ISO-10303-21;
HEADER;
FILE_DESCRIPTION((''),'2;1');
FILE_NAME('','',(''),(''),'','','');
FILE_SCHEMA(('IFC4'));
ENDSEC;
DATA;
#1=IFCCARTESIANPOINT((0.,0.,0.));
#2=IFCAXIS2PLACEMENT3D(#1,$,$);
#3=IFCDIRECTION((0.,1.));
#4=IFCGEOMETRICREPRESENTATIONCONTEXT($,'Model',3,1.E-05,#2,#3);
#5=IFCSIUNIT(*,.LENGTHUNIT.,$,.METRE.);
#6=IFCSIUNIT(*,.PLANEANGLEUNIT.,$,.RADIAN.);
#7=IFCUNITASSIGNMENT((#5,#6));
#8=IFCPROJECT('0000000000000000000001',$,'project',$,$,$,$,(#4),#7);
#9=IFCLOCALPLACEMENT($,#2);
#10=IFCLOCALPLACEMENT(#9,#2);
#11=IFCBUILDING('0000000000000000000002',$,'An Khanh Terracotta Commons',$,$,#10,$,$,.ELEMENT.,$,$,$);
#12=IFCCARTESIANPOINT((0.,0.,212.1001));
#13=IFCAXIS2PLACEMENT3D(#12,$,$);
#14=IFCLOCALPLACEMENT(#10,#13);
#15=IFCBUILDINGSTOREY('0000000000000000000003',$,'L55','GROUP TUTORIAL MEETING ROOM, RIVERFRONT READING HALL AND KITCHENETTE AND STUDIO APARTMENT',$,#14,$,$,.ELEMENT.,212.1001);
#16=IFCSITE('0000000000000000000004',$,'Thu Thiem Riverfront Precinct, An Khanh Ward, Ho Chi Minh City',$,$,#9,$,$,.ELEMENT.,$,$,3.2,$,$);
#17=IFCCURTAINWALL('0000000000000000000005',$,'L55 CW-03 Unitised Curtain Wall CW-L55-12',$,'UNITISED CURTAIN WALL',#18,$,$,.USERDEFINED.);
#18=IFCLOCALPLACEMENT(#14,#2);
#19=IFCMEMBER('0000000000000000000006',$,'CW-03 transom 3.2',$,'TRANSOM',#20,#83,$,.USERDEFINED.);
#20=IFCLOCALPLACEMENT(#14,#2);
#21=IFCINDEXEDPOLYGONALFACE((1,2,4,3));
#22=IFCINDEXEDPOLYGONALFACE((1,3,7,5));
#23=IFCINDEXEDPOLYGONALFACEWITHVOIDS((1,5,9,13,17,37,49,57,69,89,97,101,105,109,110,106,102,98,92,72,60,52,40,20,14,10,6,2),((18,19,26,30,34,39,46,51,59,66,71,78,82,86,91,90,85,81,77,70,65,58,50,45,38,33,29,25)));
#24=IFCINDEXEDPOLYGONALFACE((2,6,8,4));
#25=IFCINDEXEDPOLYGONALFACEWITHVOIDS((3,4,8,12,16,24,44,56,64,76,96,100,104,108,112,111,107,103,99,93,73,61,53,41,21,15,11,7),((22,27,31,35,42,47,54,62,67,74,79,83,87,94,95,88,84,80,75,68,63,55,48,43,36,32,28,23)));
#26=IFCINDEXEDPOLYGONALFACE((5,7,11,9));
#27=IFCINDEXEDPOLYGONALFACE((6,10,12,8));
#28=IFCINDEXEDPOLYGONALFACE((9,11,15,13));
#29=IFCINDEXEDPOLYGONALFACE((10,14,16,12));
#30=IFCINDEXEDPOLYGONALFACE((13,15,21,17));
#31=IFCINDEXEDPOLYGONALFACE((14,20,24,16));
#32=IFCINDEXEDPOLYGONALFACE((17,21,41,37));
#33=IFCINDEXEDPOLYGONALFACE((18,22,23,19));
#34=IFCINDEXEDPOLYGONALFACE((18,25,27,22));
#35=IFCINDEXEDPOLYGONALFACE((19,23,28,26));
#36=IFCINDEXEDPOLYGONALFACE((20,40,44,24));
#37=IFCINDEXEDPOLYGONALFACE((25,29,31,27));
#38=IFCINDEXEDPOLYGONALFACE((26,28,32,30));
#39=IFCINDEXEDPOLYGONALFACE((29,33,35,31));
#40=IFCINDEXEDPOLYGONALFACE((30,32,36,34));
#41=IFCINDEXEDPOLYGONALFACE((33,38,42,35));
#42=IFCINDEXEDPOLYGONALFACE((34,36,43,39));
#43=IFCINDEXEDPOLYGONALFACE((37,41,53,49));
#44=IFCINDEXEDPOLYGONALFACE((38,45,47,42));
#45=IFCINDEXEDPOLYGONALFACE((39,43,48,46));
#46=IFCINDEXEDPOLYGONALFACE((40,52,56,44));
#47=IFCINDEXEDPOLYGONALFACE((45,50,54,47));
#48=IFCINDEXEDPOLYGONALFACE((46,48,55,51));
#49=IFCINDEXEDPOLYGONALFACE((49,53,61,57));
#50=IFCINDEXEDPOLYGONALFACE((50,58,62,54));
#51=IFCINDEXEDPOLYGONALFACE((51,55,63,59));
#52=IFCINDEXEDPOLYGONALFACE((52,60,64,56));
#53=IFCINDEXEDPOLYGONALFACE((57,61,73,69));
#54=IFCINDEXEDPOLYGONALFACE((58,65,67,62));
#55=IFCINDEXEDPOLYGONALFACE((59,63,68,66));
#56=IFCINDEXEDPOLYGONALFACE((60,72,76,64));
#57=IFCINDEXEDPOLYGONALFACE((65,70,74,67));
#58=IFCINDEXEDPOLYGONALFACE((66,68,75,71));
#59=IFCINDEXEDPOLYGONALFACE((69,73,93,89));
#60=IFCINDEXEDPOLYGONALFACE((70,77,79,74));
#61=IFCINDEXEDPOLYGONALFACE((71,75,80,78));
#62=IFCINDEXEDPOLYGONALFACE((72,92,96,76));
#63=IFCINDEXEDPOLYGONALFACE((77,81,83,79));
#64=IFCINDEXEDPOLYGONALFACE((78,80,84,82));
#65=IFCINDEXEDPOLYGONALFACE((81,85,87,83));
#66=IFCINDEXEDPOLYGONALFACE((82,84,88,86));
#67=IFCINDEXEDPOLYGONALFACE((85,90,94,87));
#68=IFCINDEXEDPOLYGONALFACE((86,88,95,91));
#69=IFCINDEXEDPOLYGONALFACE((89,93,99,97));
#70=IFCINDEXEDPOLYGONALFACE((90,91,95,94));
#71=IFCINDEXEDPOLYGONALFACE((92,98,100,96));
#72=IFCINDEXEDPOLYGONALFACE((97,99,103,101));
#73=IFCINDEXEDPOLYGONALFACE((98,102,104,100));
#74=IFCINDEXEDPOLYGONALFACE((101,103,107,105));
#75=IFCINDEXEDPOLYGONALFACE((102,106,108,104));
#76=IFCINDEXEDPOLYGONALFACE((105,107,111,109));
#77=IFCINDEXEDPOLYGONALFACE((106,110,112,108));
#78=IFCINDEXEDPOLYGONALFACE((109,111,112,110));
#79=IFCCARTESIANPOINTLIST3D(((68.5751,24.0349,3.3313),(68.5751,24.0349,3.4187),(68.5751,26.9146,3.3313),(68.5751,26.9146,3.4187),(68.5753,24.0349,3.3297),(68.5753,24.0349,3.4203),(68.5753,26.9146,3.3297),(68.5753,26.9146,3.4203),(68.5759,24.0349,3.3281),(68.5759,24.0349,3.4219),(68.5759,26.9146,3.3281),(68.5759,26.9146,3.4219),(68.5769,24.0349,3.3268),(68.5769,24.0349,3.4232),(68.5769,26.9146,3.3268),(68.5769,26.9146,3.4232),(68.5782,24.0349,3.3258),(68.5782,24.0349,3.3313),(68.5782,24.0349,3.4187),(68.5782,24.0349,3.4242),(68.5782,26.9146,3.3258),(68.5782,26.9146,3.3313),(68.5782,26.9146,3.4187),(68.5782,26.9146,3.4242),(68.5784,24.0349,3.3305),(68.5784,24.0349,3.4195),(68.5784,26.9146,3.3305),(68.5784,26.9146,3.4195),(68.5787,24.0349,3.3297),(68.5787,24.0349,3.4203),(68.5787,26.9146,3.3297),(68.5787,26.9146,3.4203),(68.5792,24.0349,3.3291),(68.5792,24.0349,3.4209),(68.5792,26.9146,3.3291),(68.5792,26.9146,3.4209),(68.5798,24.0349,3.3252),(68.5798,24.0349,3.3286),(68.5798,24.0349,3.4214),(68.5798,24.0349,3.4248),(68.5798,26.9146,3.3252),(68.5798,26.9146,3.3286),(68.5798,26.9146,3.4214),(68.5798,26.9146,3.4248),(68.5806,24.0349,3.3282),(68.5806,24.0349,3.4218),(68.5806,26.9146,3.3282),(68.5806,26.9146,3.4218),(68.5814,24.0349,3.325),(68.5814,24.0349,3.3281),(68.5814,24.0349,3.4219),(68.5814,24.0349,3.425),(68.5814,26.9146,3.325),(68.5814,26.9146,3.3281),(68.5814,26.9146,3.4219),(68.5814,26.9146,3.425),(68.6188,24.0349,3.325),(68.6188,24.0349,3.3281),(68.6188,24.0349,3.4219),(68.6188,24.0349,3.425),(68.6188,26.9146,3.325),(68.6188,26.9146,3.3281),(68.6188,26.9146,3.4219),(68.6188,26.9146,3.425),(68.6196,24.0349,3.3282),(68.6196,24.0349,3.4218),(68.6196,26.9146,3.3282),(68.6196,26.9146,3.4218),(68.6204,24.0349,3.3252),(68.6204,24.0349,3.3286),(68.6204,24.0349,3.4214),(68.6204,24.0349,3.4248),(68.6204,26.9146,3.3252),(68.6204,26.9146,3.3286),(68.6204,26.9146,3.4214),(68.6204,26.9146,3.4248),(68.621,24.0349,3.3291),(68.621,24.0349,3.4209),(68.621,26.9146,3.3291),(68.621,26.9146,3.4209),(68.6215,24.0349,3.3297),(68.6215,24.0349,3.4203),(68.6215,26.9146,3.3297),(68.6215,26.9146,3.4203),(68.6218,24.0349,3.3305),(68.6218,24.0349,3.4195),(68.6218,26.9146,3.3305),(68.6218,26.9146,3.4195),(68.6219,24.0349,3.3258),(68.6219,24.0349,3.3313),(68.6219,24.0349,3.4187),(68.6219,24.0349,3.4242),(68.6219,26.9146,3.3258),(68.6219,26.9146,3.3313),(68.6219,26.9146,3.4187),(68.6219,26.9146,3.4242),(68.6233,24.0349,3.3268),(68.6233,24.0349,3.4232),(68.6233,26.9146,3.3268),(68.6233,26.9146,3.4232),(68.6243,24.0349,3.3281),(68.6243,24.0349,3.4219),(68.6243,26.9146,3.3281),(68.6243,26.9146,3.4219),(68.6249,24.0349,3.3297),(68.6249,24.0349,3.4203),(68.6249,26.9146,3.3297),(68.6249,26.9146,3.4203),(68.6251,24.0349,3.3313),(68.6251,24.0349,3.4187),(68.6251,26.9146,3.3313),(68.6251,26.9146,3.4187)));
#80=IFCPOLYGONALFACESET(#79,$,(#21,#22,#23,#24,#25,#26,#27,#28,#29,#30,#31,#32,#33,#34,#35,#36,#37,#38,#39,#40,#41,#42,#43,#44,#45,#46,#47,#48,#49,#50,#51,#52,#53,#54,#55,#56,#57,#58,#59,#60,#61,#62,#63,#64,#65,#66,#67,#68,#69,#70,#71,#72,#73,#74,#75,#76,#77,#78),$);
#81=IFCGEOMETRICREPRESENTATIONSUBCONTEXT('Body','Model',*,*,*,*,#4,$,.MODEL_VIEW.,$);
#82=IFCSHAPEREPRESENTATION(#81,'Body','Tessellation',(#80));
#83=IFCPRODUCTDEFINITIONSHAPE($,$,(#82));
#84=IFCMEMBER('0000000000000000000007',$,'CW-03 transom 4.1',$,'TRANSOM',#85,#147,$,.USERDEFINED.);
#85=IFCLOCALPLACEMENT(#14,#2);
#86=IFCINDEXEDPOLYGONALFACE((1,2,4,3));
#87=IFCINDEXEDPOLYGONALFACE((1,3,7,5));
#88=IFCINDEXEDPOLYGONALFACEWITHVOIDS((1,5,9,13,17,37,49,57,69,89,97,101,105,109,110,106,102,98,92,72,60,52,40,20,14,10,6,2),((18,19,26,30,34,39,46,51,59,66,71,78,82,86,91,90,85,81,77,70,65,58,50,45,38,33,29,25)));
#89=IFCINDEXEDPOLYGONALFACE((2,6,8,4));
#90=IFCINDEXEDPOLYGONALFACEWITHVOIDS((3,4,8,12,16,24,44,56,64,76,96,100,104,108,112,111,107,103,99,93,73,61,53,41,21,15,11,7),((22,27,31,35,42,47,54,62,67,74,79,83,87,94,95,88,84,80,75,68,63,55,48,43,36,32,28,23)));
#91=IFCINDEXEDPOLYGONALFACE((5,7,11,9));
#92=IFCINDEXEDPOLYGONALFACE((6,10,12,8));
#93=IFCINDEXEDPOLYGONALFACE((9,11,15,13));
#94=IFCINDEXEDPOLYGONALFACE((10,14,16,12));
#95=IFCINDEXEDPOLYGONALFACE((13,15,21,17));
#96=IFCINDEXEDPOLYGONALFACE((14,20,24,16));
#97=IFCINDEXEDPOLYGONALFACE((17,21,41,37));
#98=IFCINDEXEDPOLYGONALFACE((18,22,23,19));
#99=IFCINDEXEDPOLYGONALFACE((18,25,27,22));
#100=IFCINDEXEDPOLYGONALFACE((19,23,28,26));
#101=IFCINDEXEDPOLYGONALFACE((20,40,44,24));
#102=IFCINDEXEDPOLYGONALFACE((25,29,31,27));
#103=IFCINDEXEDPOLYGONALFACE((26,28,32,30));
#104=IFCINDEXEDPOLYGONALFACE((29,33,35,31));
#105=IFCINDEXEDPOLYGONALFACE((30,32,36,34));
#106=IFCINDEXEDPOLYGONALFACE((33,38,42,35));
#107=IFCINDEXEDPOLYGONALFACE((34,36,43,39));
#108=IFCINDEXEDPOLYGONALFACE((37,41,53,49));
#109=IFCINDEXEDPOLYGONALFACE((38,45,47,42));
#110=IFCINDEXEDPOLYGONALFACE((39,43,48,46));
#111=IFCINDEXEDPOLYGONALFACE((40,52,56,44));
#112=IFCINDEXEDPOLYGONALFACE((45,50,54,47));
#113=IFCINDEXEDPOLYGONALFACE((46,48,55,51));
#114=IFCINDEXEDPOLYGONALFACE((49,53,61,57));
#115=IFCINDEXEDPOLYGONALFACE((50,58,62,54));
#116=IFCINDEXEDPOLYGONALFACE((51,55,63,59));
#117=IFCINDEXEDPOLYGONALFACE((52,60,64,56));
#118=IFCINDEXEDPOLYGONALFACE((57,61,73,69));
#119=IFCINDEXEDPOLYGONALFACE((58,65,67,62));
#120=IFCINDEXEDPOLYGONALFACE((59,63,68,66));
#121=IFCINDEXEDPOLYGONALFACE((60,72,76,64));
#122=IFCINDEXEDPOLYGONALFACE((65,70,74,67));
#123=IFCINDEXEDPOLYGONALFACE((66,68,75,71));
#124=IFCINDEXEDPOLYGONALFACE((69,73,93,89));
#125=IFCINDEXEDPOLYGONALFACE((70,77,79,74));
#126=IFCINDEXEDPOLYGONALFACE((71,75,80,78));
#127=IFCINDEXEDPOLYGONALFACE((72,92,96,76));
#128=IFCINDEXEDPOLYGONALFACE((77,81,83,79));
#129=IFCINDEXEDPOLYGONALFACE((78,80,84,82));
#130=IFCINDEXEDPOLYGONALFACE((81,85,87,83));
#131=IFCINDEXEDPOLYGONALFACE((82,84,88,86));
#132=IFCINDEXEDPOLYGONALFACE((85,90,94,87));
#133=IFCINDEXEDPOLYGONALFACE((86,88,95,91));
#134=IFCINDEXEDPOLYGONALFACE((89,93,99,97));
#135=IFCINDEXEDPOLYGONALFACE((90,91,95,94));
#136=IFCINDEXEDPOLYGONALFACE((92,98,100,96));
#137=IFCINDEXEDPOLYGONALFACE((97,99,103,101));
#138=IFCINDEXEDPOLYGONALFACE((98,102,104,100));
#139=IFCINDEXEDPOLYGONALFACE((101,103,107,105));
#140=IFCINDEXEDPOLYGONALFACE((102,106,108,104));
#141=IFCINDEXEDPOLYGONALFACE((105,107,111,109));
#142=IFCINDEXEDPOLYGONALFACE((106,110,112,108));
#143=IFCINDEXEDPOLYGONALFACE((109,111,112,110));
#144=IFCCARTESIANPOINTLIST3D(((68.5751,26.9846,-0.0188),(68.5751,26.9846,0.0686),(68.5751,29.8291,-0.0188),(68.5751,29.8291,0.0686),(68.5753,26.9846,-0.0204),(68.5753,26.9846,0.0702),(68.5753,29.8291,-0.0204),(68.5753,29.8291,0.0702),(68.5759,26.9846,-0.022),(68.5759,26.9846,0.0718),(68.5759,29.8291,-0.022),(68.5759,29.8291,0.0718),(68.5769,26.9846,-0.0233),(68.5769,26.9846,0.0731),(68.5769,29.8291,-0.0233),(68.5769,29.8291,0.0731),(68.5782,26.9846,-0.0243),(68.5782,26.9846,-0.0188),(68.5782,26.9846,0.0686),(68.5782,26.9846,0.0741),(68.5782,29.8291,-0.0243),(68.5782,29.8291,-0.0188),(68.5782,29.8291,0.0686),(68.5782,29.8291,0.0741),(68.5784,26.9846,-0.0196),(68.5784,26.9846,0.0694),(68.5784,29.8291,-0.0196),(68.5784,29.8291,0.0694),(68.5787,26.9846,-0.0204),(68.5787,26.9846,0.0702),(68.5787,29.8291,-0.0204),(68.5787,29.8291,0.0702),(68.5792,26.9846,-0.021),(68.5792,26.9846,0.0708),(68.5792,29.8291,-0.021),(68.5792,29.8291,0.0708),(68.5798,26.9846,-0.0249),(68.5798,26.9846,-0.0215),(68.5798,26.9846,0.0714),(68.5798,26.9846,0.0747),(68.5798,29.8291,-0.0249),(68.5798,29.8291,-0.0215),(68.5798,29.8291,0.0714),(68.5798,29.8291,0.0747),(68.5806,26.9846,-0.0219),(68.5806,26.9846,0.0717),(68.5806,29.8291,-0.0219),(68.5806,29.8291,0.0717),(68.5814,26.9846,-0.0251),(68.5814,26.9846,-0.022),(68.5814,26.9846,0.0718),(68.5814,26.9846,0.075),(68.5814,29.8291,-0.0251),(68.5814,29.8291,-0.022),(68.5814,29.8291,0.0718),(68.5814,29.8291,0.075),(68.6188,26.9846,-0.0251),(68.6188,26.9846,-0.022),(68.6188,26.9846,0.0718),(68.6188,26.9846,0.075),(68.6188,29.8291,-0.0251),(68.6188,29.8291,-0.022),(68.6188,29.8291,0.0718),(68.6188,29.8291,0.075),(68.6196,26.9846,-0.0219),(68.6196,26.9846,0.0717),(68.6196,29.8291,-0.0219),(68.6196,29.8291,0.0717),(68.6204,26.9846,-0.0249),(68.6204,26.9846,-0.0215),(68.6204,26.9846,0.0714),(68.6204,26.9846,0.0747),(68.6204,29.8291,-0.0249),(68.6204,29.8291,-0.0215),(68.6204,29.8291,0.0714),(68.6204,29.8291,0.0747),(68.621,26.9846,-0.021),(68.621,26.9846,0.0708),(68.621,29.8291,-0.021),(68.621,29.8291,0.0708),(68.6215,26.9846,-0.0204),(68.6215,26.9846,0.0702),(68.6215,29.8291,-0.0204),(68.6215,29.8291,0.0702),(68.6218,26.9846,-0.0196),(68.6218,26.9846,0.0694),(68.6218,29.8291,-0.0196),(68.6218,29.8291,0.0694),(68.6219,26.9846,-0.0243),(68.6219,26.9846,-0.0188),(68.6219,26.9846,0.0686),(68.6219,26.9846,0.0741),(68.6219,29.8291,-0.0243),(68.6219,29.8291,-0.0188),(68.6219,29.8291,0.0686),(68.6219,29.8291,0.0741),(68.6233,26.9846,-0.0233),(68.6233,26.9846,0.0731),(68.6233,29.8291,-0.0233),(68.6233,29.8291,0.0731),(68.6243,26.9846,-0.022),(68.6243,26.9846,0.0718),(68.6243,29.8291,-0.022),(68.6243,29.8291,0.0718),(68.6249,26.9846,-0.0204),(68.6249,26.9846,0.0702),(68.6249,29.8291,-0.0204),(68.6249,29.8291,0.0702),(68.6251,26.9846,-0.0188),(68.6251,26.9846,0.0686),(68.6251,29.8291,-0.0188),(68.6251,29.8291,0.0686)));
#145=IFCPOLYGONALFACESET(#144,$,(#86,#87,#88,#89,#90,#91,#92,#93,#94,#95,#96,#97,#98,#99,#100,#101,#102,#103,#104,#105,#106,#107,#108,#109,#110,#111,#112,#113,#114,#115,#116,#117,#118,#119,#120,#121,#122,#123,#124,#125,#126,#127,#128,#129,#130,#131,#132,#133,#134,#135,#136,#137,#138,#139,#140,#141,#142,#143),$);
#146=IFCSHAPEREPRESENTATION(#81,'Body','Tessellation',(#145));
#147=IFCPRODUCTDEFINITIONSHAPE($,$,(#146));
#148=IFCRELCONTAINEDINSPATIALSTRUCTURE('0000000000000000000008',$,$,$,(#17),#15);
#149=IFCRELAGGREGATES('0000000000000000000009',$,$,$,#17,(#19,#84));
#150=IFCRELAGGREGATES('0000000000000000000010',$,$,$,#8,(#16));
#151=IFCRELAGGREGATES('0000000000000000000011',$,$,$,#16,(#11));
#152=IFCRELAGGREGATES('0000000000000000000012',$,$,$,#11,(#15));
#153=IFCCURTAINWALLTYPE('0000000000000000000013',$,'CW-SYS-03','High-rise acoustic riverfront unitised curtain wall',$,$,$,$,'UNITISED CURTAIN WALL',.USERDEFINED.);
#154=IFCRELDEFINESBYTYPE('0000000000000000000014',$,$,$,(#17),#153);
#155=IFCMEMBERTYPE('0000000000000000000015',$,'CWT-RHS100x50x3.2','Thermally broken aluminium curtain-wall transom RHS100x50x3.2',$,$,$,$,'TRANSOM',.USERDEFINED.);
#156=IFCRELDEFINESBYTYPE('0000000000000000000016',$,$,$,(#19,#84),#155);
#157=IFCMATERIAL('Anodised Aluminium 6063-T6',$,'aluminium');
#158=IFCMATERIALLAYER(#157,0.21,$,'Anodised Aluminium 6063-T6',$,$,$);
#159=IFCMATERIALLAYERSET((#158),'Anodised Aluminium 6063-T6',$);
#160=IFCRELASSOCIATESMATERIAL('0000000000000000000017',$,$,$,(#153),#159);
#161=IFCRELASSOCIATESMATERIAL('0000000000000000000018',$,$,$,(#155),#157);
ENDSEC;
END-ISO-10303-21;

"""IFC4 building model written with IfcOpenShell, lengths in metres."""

from ifc_helpers import new_model, si_unit, direction, frame, origin, origin_2d, place, context, subcontext, project, spatial, hollow_rectangle, extrude, material, layer, layer_set, material_profile, profile_set, type_object, element, aggregate, save


model = new_model("IFC4")

# Units and contexts
model_context = context("Model", 3, precision=1e-05, world=origin(), true_north=direction((0.0, 1.0)))
body_context = subcontext(model_context, "Body", "Model", "MODEL_VIEW")
ifc_project = project(units=[si_unit("LENGTHUNIT", "METRE"), si_unit("PLANEANGLEUNIT", "RADIAN")], contexts=[model_context])

# Site, building, storey
site_placement = place(None, origin())
site = spatial("IfcSite", under=ifc_project, at=site_placement, Name="Thu Thiem Riverfront Precinct, An Khanh Ward, Ho Chi Minh City", CompositionType="ELEMENT", RefElevation=3.2)
building_placement = place(site_placement, origin())
building = spatial("IfcBuilding", under=site, at=building_placement, Name="An Khanh Terracotta Commons", CompositionType="ELEMENT")
storey_placement = place(building_placement, frame((0.0, 0.0, 212.1001)))
storey = spatial("IfcBuildingStorey", under=building, at=storey_placement, Name="L55", Description="GROUP TUTORIAL MEETING ROOM, RIVERFRONT READING HALL AND KITCHENETTE AND STUDIO APARTMENT", CompositionType="ELEMENT", Elevation=212.1001)

# Curtain wall
ifc_material_1 = material(Name="Anodised Aluminium 6063-T6", Category="aluminium")
ifc_layer_1 = layer(ifc_material_1, 0.21, Name="Anodised Aluminium 6063-T6")
ifc_layer_set_1 = layer_set([ifc_layer_1], Name="Anodised Aluminium 6063-T6")
curtain_wall_type = type_object("IfcCurtainWallType", Name="CW-SYS-03", Description="High-rise acoustic riverfront unitised curtain wall", ElementType="UNITISED CURTAIN WALL", PredefinedType="USERDEFINED", material=ifc_layer_set_1)
curtain_wall_1_placement = place(storey_placement, origin())
curtain_wall_1 = element("IfcCurtainWall", 1, at=curtain_wall_1_placement, inside=storey, type_object=curtain_wall_type, Name="L55 CW-03 Unitised Curtain Wall CW-L55-12", ObjectType="UNITISED CURTAIN WALL", PredefinedType="USERDEFINED")

# Members
ifc_material_profile_1 = material_profile(ifc_material_1, hollow_rectangle(XDim=0.05, YDim=0.1001, WallThickness=0.0032, InnerFilletRadius=0.0032, OuterFilletRadius=0.0063, at=origin_2d()), Name="RHS100x50x3.2")
ifc_profile_set_1 = profile_set([ifc_material_profile_1], Name="Anodised Aluminium 6063-T6")
member_type_1 = type_object("IfcMemberType", Name="CWT-RHS100x50x3.2", Description="Thermally broken aluminium curtain-wall transom RHS100x50x3.2", ElementType="TRANSOM", PredefinedType="USERDEFINED", material=ifc_profile_set_1)
member_1_placement = place(storey_placement, frame((68.6001, 24.0349, 3.375), z_axis=(0.0, 1.0, 0.0), x_axis=(-1.0, 0.0, 0.0)))
member_1 = element("IfcMember", 2, at=member_1_placement, type_object=member_type_1, Name="CW-03 transom 3.2", ObjectType="TRANSOM", PredefinedType="USERDEFINED", context=body_context, shape_type="SweptSolid", body=[
    extrude(hollow_rectangle(XDim=0.05, YDim=0.1001, WallThickness=0.0032, InnerFilletRadius=0.0032, OuterFilletRadius=0.0063, at=origin_2d()), origin(), (0.0, 0.0, 1.0), 2.8796),
])
member_2_placement = place(storey_placement, frame((68.6001, 26.9846, 0.0249), z_axis=(0.0, 1.0, 0.0), x_axis=(-1.0, 0.0, 0.0)))
member_2 = element("IfcMember", 3, at=member_2_placement, type_object=member_type_1, Name="CW-03 transom 4.1", ObjectType="TRANSOM", PredefinedType="USERDEFINED", context=body_context, shape_type="SweptSolid", body=[
    extrude(hollow_rectangle(XDim=0.05, YDim=0.1001, WallThickness=0.0032, InnerFilletRadius=0.0032, OuterFilletRadius=0.0063, at=origin_2d()), origin(), (0.0, 0.0, 1.0), 2.8445),
])

aggregate(curtain_wall_1, [member_1, member_2])

save(model, "model.ifc")
